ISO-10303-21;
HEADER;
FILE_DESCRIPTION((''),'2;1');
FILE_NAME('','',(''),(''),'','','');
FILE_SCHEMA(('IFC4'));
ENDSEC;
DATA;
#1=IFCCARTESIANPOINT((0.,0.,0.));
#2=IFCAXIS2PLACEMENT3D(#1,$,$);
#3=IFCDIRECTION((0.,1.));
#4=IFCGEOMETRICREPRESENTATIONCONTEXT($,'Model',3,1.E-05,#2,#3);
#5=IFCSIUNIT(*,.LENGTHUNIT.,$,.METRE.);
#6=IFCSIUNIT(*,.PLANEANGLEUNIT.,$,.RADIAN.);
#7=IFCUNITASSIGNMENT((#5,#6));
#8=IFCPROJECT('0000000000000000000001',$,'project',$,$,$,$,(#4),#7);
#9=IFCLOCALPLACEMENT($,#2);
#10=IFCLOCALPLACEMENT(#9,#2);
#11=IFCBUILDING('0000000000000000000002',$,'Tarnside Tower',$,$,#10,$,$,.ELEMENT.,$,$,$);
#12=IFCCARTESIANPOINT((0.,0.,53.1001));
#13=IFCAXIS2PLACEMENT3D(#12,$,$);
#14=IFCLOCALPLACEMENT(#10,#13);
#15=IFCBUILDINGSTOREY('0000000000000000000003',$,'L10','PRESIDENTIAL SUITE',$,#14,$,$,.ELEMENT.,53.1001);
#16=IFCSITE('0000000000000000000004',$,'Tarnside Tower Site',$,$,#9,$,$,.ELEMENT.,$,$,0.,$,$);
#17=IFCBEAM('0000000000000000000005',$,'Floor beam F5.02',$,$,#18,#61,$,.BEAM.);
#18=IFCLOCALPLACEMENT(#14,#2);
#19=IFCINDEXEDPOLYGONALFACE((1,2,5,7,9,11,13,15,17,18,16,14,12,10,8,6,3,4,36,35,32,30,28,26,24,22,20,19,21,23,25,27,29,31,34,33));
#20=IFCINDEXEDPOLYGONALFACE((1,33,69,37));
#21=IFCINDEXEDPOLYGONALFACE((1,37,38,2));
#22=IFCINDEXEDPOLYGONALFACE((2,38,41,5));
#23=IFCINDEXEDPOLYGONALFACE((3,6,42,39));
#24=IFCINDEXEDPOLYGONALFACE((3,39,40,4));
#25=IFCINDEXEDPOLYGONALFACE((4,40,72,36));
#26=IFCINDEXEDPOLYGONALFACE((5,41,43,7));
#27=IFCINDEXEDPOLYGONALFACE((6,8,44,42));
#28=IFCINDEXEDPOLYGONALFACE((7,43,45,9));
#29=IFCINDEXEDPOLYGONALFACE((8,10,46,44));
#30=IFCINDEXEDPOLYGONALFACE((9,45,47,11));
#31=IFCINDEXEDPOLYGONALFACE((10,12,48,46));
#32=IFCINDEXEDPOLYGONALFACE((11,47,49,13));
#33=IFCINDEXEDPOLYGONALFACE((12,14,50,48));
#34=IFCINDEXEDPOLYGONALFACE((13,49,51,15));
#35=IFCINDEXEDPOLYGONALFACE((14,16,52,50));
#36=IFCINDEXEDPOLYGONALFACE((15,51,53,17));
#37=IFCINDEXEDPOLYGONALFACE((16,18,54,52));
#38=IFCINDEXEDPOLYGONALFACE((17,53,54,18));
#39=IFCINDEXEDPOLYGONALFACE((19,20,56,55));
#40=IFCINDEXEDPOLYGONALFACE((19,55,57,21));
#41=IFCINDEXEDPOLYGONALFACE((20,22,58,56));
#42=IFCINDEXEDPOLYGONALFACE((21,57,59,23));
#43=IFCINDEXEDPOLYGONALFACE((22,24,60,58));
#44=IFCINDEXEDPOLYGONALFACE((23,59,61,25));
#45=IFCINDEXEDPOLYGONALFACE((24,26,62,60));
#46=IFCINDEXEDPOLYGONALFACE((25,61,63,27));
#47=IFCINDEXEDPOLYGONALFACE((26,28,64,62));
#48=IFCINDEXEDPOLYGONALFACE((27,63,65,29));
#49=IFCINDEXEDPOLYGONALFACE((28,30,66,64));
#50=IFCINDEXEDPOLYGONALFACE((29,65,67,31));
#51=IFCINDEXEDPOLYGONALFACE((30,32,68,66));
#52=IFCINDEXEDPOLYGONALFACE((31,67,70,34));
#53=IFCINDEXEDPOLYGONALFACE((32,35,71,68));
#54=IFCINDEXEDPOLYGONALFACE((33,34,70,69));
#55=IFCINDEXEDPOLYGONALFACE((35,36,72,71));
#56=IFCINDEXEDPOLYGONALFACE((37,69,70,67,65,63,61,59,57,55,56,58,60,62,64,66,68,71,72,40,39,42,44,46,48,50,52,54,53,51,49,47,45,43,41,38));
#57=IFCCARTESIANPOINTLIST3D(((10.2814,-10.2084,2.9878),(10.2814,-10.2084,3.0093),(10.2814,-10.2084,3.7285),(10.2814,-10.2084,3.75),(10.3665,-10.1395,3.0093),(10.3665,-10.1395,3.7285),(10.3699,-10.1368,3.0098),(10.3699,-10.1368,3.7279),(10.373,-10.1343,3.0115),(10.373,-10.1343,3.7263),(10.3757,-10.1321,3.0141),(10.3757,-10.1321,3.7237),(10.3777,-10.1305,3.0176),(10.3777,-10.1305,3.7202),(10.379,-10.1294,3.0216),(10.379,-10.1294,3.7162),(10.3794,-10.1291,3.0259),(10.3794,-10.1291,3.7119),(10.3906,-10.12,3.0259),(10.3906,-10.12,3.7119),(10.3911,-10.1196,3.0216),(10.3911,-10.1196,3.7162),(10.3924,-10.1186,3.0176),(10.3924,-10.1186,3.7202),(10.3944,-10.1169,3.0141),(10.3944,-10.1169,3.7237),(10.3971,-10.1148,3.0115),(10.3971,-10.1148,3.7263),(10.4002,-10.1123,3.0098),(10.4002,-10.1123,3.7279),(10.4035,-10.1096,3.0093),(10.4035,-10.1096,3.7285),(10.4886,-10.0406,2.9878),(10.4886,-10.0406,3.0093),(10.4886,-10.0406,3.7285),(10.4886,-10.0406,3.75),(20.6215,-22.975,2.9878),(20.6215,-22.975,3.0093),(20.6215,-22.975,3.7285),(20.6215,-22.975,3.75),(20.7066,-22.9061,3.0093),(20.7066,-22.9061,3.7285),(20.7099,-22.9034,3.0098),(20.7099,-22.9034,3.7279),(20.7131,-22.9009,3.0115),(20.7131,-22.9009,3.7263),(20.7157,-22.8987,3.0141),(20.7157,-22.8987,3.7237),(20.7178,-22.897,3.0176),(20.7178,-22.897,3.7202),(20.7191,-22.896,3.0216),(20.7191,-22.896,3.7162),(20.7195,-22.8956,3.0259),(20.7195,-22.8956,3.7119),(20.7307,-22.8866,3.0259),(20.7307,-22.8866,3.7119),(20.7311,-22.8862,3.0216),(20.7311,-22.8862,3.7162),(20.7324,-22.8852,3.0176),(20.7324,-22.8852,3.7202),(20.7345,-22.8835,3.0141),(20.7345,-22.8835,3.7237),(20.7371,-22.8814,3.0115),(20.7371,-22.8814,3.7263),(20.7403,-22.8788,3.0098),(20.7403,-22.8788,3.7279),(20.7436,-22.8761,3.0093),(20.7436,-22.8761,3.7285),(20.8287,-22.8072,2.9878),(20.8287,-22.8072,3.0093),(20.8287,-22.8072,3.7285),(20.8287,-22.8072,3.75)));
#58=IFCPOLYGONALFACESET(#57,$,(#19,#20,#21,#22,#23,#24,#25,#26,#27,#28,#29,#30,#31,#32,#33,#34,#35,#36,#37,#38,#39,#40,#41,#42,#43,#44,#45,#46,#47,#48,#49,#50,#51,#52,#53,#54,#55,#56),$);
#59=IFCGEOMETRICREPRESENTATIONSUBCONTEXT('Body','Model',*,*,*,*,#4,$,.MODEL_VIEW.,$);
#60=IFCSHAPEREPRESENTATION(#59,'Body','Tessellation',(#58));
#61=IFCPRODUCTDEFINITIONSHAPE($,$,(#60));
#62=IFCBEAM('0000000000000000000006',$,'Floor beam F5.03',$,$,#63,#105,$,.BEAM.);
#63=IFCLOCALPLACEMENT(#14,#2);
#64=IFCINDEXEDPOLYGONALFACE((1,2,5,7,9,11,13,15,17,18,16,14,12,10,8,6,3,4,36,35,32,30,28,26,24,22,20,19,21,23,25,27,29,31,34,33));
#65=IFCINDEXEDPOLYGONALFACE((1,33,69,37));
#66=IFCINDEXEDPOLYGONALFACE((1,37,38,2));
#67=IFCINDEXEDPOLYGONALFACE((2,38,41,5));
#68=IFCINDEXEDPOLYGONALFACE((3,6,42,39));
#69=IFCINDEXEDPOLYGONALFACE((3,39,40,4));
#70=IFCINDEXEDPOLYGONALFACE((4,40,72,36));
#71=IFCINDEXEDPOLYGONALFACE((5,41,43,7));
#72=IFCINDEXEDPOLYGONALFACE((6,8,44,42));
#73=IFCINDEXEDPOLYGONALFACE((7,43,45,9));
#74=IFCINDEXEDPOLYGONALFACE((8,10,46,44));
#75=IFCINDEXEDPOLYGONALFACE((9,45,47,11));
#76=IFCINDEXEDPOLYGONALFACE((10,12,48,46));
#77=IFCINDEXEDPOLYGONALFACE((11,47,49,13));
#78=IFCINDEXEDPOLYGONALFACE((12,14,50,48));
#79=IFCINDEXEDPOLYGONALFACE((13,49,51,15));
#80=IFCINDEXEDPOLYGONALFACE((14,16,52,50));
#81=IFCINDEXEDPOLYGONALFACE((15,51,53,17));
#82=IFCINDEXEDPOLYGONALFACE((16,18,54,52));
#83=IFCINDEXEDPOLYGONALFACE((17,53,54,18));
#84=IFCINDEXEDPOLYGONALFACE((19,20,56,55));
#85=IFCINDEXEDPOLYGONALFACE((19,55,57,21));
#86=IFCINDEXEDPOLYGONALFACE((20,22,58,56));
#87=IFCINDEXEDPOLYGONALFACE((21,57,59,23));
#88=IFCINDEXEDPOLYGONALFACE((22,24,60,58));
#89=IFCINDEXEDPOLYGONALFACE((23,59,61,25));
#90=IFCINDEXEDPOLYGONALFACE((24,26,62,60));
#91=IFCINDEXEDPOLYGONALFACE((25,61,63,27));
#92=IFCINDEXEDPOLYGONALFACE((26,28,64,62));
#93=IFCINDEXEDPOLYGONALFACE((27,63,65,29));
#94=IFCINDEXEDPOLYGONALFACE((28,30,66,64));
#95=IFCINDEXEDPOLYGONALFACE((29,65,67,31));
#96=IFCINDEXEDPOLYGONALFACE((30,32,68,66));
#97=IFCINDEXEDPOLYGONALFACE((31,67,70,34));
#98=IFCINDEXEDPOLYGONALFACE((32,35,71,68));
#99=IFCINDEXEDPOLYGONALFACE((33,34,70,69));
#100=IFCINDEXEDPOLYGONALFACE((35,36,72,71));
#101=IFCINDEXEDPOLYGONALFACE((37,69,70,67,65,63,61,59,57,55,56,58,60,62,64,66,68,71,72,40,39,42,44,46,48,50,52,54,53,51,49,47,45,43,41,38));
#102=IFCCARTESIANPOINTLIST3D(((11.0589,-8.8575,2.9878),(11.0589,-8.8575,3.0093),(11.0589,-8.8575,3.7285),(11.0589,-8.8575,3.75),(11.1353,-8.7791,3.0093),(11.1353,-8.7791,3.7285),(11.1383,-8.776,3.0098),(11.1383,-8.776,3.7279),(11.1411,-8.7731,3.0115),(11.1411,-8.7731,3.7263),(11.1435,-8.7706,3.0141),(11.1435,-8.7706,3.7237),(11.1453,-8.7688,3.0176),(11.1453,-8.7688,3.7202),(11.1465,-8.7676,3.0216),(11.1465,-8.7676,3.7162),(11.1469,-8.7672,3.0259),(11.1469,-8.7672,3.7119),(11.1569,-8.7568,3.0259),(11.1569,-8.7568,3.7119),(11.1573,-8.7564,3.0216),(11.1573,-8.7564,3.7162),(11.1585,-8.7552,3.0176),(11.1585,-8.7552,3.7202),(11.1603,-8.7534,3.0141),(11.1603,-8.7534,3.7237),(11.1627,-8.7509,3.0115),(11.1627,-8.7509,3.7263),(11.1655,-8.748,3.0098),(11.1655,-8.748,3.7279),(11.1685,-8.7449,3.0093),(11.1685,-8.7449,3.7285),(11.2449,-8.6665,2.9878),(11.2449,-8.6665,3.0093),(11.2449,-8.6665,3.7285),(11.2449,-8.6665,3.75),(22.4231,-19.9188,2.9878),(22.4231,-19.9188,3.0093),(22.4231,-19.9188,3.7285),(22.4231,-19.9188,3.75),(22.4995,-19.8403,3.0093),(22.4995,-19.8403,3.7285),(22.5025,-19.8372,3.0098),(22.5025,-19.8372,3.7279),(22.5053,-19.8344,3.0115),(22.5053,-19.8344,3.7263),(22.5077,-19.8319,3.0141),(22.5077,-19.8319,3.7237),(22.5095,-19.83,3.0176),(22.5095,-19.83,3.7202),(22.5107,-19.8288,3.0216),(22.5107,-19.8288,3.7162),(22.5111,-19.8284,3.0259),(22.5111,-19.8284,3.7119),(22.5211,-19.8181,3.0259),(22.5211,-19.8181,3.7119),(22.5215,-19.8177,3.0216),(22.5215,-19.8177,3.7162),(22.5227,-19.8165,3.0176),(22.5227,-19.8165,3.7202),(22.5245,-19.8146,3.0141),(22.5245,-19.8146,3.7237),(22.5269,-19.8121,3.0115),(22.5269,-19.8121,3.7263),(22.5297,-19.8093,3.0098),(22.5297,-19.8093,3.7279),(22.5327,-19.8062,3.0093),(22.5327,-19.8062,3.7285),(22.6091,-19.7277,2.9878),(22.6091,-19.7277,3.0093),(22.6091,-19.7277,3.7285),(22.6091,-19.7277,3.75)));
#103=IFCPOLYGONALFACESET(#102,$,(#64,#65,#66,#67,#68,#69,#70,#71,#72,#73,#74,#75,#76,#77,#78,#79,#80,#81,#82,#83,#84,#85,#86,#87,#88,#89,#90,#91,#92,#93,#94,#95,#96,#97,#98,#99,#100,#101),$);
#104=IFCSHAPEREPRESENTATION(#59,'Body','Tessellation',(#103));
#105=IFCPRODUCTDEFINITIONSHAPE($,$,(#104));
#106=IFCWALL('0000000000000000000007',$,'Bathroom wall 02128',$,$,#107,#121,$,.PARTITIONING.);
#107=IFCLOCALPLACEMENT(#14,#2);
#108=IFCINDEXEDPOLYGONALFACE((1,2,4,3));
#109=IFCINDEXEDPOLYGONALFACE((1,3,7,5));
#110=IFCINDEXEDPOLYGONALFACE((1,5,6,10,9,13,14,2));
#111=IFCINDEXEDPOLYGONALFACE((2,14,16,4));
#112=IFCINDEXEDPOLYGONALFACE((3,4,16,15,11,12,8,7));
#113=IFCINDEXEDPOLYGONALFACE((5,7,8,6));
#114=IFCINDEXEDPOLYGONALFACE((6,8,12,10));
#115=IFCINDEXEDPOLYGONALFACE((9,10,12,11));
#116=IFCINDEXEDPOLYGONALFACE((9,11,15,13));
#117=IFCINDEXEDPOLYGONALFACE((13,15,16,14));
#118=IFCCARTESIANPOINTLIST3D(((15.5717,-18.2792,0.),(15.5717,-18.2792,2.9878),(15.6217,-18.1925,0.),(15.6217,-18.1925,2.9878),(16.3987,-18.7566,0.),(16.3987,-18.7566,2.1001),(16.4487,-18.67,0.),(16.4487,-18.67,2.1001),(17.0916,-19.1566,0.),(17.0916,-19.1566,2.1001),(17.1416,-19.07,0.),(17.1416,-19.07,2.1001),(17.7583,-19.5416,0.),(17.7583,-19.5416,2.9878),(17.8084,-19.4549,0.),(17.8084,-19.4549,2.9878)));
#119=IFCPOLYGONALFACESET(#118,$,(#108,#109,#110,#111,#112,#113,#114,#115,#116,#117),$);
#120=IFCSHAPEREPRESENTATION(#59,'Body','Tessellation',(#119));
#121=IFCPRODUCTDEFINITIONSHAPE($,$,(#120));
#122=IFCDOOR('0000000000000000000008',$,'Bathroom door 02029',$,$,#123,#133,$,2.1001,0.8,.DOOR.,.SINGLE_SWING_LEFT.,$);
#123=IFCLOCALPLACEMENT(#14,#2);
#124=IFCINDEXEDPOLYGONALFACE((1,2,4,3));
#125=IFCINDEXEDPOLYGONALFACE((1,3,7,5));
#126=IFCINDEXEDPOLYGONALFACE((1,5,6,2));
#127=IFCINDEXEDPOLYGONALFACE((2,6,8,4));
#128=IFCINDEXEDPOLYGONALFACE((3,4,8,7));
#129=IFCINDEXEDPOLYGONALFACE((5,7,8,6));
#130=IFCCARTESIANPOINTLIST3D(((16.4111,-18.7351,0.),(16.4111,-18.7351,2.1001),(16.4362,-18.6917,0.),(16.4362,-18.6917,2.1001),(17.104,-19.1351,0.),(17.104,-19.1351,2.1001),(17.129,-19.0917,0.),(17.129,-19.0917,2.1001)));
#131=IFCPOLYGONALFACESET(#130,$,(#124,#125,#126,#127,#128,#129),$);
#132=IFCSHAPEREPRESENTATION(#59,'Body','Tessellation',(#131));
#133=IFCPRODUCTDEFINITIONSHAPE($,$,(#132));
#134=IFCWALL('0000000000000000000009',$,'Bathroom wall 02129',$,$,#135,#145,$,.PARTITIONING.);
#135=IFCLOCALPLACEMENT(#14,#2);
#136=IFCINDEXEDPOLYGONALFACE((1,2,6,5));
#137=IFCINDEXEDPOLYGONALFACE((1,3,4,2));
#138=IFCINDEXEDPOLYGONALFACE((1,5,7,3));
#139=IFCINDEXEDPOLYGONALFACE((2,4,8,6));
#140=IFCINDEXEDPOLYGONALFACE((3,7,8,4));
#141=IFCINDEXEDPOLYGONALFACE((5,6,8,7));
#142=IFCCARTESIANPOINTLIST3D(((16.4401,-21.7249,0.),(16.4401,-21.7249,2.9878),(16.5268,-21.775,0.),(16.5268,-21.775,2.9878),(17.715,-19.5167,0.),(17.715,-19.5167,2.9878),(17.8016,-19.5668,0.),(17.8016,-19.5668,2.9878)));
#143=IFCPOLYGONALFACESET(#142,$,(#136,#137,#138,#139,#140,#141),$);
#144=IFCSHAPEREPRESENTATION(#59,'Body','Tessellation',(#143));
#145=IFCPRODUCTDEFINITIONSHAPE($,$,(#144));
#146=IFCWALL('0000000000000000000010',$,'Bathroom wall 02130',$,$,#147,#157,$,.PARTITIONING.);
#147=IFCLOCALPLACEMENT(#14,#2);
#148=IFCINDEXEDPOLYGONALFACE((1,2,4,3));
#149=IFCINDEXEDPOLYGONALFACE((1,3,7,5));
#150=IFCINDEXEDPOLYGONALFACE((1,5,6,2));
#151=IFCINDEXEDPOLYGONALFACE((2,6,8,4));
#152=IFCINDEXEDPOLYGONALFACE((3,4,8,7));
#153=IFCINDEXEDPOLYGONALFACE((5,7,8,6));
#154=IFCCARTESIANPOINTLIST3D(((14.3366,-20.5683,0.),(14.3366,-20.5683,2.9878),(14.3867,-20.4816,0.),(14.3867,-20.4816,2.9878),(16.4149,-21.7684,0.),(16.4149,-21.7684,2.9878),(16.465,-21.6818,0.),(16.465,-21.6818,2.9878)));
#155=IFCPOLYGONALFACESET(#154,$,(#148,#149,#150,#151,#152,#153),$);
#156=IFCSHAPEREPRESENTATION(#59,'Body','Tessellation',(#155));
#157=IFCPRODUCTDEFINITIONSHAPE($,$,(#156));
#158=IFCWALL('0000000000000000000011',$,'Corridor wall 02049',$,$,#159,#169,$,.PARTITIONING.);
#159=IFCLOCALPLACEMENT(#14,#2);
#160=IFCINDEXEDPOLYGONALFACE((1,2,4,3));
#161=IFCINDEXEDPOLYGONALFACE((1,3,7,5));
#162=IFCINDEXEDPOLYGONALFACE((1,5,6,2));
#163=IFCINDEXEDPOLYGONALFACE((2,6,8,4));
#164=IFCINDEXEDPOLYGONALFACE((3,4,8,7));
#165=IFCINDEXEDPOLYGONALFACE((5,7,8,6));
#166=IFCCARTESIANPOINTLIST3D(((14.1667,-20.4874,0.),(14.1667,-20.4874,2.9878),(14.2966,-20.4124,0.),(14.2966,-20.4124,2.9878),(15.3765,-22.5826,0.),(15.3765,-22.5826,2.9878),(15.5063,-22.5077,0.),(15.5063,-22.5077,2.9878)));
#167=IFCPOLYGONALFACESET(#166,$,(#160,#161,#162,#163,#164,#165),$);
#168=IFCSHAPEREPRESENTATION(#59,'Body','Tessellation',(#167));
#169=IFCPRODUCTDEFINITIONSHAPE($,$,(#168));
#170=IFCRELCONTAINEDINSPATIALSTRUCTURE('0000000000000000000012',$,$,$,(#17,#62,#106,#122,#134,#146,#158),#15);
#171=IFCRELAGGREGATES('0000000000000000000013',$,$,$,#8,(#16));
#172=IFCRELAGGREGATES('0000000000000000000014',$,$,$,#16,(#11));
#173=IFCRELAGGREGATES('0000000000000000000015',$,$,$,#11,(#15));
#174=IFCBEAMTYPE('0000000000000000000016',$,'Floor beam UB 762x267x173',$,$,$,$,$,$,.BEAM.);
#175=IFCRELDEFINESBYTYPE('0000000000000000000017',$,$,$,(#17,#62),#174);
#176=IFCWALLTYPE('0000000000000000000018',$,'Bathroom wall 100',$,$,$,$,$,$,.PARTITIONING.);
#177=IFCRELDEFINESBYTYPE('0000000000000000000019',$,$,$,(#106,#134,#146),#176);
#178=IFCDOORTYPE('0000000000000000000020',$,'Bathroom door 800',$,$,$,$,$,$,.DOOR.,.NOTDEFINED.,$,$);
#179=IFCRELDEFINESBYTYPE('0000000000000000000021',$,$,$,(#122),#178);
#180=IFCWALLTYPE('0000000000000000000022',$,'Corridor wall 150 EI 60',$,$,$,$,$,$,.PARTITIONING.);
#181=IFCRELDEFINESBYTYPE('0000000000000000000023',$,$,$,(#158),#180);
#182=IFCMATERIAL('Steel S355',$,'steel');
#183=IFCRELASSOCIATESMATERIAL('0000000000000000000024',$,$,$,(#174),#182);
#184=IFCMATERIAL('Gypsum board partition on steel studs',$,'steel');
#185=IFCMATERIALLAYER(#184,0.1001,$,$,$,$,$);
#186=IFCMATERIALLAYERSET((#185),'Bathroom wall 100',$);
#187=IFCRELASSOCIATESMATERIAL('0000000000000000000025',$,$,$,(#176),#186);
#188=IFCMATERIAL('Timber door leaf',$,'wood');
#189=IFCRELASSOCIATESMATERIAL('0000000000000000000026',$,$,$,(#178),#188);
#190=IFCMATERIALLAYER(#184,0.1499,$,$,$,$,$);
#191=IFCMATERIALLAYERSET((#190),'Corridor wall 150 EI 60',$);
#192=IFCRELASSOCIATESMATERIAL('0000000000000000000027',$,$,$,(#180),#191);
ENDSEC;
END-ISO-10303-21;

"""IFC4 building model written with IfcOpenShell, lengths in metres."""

from ifc_helpers import new_model, si_unit, direction, frame, frame_2d, origin, origin_2d, place, context, subcontext, project, spatial, rectangle, i_section, extrude, material, layer, layer_set, material_profile, profile_set, type_object, element, fill, save


model = new_model("IFC4")

# Units and contexts
model_context = context("Model", 3, precision=1e-05, world=origin(), true_north=direction((0.0, 1.0)))
body_context = subcontext(model_context, "Body", "Model", "MODEL_VIEW")
ifc_project = project(units=[si_unit("LENGTHUNIT", "METRE"), si_unit("PLANEANGLEUNIT", "RADIAN")], contexts=[model_context])

# Site, building, storey
site_placement = place(None, origin())
site = spatial("IfcSite", under=ifc_project, at=site_placement, Name="Tarnside Tower Site", CompositionType="ELEMENT", RefElevation=0.0)
building_placement = place(site_placement, origin())
building = spatial("IfcBuilding", under=site, at=building_placement, Name="Tarnside Tower", CompositionType="ELEMENT")
storey_placement = place(building_placement, frame((0.0, 0.0, 53.1001)))
storey = spatial("IfcBuildingStorey", under=building, at=storey_placement, Name="L10", Description="PRESIDENTIAL SUITE", CompositionType="ELEMENT", Elevation=53.1001)

# Beams
ifc_material_1 = material(Name="Steel S355", Category="steel")
ifc_material_profile = material_profile(ifc_material_1, i_section(OverallWidth=0.2666, OverallDepth=0.7622, WebThickness=0.0144, FlangeThickness=0.0215, FilletRadius=0.0166, at=origin_2d()), Name="UB 762x267x173")
ifc_profile_set = profile_set([ifc_material_profile], Name="Steel S355")
beam_type = type_object("IfcBeamType", Name="Floor beam UB 762x267x173", PredefinedType="BEAM", material=ifc_profile_set)
beam_1_placement = place(storey_placement, frame((20.7251, -22.8911, 3.3689), z_axis=(-0.62939, 0.777089, 0.0), x_axis=(-0.777089, -0.62939, 0.0)))
element("IfcBeam", 1, at=beam_1_placement, inside=storey, type_object=beam_type, Name="Floor beam F5.02", PredefinedType="BEAM", context=body_context, shape_type="SweptSolid", body=[
    extrude(i_section(OverallWidth=0.2666, OverallDepth=0.7622, WebThickness=0.0144, FlangeThickness=0.0215, FilletRadius=0.0166, at=origin_2d()), origin(), (0.0, 0.0, 1.0), 16.4287),
])
beam_2_placement = place(storey_placement, frame((22.5161, -19.8232, 3.3689), z_axis=(-0.716595, 0.69749, 0.0), x_axis=(-0.69749, -0.716595, 0.0)))
element("IfcBeam", 2, at=beam_2_placement, inside=storey, type_object=beam_type, Name="Floor beam F5.03", PredefinedType="BEAM", context=body_context, shape_type="SweptSolid", body=[
    extrude(i_section(OverallWidth=0.2666, OverallDepth=0.7622, WebThickness=0.0144, FlangeThickness=0.0215, FilletRadius=0.0166, at=origin_2d()), origin(), (0.0, 0.0, 1.0), 15.8586),
])

# Wall, opening, door
ifc_material_2 = material(Name="Gypsum board partition on steel studs", Category="steel")
ifc_layer_1 = layer(ifc_material_2, 0.1001)
ifc_layer_set_1 = layer_set([ifc_layer_1], Name="Bathroom wall 100")
wall_type_1 = type_object("IfcWallType", Name="Bathroom wall 100", PredefinedType="PARTITIONING", material=ifc_layer_set_1)
wall_1_placement = place(storey_placement, frame((15.5967, -18.2358, 0.0), z_axis=(0.0, 0.0, 1.0), x_axis=(0.866039, -0.499976, 0.0)))
wall_1 = element("IfcWall", 3, at=wall_1_placement, inside=storey, type_object=wall_type_1, Name="Bathroom wall 02128", PredefinedType="PARTITIONING", context=body_context, shape_type="SweptSolid", body=[
    extrude(rectangle(XDim=2.5249, YDim=0.1001, at=frame_2d((1.2625, 0.0))), origin(), (0.0, 0.0, 1.0), 2.9878),
])
opening_1_placement = place(wall_1_placement, frame((0.9551, 0.0, 0.0)))
opening_1 = element("IfcOpeningElement", 4, at=opening_1_placement, cuts=wall_1, PredefinedType="OPENING", context=body_context, shape_type="SweptSolid", body=[
    extrude(rectangle(XDim=0.8, YDim=2.1001, at=frame_2d((0.3999, 1.05))), frame((0.0, 0.0601, 0.0), z_axis=(0.0, -1.0, 0.0), x_axis=(1.0, 0.0, 0.0)), (0.0, 0.0, 1.0), 0.1201),
])
ifc_material_3 = material(Name="Timber door leaf", Category="wood")
door_type_1 = type_object("IfcDoorType", Name="Bathroom door 800", OperationType="NOTDEFINED", PredefinedType="DOOR", material=ifc_material_3)
door_1_placement = place(opening_1_placement, origin())
door_1 = element("IfcDoor", 5, at=door_1_placement, inside=storey, type_object=door_type_1, Name="Bathroom door 02029", OperationType="SINGLE_SWING_LEFT", OverallHeight=2.1001, OverallWidth=0.8, PredefinedType="DOOR", context=body_context, shape_type="SweptSolid", body=[
    extrude(rectangle(XDim=0.8, YDim=2.1001, at=frame_2d((0.3999, 1.05))), frame((0.0, 0.0249, 0.0), z_axis=(0.0, -1.0, 0.0), x_axis=(1.0, 0.0, 0.0)), (0.0, 0.0, 1.0), 0.05),
])
fill(opening_1, door_1)

# Walls
wall_2_placement = place(storey_placement, frame((17.7583, -19.5417, 0.0), z_axis=(0.0, 0.0, 1.0), x_axis=(-0.49999, -0.866031, 0.0)))
element("IfcWall", 6, at=wall_2_placement, inside=storey, type_object=wall_type_1, Name="Bathroom wall 02129", PredefinedType="PARTITIONING", context=body_context, shape_type="SweptSolid", body=[
    extrude(rectangle(XDim=2.5498, YDim=0.1001, at=frame_2d((1.2749, 0.0))), origin(), (0.0, 0.0, 1.0), 2.9878),
])
wall_3_placement = place(storey_placement, frame((16.4399, -21.7251, 0.0), z_axis=(0.0, 0.0, 1.0), x_axis=(-0.865981, 0.500078, 0.0)))
element("IfcWall", 7, at=wall_3_placement, inside=storey, type_object=wall_type_1, Name="Bathroom wall 02130", PredefinedType="PARTITIONING", context=body_context, shape_type="SweptSolid", body=[
    extrude(rectangle(XDim=2.3999, YDim=0.1001, at=frame_2d((1.2, 0.0))), origin(), (0.0, 0.0, 1.0), 2.9878),
])
ifc_layer_2 = layer(ifc_material_2, 0.1499)
ifc_layer_set_2 = layer_set([ifc_layer_2], Name="Corridor wall 150 EI 60")
wall_type_2 = type_object("IfcWallType", Name="Corridor wall 150 EI 60", PredefinedType="PARTITIONING", material=ifc_layer_set_2)
wall_4_placement = place(storey_placement, frame((15.4414, -22.5452, 0.0), z_axis=(0.0, 0.0, 1.0), x_axis=(-0.500014, 0.866018, 0.0)))
element("IfcWall", 8, at=wall_4_placement, inside=storey, type_object=wall_type_2, Name="Corridor wall 02049", PredefinedType="PARTITIONING", context=body_context, shape_type="SweptSolid", body=[
    extrude(rectangle(XDim=2.4194, YDim=0.1499, at=frame_2d((1.2097, 0.0))), origin(), (0.0, 0.0, 1.0), 2.9878),
])

save(model, "model.ifc")
